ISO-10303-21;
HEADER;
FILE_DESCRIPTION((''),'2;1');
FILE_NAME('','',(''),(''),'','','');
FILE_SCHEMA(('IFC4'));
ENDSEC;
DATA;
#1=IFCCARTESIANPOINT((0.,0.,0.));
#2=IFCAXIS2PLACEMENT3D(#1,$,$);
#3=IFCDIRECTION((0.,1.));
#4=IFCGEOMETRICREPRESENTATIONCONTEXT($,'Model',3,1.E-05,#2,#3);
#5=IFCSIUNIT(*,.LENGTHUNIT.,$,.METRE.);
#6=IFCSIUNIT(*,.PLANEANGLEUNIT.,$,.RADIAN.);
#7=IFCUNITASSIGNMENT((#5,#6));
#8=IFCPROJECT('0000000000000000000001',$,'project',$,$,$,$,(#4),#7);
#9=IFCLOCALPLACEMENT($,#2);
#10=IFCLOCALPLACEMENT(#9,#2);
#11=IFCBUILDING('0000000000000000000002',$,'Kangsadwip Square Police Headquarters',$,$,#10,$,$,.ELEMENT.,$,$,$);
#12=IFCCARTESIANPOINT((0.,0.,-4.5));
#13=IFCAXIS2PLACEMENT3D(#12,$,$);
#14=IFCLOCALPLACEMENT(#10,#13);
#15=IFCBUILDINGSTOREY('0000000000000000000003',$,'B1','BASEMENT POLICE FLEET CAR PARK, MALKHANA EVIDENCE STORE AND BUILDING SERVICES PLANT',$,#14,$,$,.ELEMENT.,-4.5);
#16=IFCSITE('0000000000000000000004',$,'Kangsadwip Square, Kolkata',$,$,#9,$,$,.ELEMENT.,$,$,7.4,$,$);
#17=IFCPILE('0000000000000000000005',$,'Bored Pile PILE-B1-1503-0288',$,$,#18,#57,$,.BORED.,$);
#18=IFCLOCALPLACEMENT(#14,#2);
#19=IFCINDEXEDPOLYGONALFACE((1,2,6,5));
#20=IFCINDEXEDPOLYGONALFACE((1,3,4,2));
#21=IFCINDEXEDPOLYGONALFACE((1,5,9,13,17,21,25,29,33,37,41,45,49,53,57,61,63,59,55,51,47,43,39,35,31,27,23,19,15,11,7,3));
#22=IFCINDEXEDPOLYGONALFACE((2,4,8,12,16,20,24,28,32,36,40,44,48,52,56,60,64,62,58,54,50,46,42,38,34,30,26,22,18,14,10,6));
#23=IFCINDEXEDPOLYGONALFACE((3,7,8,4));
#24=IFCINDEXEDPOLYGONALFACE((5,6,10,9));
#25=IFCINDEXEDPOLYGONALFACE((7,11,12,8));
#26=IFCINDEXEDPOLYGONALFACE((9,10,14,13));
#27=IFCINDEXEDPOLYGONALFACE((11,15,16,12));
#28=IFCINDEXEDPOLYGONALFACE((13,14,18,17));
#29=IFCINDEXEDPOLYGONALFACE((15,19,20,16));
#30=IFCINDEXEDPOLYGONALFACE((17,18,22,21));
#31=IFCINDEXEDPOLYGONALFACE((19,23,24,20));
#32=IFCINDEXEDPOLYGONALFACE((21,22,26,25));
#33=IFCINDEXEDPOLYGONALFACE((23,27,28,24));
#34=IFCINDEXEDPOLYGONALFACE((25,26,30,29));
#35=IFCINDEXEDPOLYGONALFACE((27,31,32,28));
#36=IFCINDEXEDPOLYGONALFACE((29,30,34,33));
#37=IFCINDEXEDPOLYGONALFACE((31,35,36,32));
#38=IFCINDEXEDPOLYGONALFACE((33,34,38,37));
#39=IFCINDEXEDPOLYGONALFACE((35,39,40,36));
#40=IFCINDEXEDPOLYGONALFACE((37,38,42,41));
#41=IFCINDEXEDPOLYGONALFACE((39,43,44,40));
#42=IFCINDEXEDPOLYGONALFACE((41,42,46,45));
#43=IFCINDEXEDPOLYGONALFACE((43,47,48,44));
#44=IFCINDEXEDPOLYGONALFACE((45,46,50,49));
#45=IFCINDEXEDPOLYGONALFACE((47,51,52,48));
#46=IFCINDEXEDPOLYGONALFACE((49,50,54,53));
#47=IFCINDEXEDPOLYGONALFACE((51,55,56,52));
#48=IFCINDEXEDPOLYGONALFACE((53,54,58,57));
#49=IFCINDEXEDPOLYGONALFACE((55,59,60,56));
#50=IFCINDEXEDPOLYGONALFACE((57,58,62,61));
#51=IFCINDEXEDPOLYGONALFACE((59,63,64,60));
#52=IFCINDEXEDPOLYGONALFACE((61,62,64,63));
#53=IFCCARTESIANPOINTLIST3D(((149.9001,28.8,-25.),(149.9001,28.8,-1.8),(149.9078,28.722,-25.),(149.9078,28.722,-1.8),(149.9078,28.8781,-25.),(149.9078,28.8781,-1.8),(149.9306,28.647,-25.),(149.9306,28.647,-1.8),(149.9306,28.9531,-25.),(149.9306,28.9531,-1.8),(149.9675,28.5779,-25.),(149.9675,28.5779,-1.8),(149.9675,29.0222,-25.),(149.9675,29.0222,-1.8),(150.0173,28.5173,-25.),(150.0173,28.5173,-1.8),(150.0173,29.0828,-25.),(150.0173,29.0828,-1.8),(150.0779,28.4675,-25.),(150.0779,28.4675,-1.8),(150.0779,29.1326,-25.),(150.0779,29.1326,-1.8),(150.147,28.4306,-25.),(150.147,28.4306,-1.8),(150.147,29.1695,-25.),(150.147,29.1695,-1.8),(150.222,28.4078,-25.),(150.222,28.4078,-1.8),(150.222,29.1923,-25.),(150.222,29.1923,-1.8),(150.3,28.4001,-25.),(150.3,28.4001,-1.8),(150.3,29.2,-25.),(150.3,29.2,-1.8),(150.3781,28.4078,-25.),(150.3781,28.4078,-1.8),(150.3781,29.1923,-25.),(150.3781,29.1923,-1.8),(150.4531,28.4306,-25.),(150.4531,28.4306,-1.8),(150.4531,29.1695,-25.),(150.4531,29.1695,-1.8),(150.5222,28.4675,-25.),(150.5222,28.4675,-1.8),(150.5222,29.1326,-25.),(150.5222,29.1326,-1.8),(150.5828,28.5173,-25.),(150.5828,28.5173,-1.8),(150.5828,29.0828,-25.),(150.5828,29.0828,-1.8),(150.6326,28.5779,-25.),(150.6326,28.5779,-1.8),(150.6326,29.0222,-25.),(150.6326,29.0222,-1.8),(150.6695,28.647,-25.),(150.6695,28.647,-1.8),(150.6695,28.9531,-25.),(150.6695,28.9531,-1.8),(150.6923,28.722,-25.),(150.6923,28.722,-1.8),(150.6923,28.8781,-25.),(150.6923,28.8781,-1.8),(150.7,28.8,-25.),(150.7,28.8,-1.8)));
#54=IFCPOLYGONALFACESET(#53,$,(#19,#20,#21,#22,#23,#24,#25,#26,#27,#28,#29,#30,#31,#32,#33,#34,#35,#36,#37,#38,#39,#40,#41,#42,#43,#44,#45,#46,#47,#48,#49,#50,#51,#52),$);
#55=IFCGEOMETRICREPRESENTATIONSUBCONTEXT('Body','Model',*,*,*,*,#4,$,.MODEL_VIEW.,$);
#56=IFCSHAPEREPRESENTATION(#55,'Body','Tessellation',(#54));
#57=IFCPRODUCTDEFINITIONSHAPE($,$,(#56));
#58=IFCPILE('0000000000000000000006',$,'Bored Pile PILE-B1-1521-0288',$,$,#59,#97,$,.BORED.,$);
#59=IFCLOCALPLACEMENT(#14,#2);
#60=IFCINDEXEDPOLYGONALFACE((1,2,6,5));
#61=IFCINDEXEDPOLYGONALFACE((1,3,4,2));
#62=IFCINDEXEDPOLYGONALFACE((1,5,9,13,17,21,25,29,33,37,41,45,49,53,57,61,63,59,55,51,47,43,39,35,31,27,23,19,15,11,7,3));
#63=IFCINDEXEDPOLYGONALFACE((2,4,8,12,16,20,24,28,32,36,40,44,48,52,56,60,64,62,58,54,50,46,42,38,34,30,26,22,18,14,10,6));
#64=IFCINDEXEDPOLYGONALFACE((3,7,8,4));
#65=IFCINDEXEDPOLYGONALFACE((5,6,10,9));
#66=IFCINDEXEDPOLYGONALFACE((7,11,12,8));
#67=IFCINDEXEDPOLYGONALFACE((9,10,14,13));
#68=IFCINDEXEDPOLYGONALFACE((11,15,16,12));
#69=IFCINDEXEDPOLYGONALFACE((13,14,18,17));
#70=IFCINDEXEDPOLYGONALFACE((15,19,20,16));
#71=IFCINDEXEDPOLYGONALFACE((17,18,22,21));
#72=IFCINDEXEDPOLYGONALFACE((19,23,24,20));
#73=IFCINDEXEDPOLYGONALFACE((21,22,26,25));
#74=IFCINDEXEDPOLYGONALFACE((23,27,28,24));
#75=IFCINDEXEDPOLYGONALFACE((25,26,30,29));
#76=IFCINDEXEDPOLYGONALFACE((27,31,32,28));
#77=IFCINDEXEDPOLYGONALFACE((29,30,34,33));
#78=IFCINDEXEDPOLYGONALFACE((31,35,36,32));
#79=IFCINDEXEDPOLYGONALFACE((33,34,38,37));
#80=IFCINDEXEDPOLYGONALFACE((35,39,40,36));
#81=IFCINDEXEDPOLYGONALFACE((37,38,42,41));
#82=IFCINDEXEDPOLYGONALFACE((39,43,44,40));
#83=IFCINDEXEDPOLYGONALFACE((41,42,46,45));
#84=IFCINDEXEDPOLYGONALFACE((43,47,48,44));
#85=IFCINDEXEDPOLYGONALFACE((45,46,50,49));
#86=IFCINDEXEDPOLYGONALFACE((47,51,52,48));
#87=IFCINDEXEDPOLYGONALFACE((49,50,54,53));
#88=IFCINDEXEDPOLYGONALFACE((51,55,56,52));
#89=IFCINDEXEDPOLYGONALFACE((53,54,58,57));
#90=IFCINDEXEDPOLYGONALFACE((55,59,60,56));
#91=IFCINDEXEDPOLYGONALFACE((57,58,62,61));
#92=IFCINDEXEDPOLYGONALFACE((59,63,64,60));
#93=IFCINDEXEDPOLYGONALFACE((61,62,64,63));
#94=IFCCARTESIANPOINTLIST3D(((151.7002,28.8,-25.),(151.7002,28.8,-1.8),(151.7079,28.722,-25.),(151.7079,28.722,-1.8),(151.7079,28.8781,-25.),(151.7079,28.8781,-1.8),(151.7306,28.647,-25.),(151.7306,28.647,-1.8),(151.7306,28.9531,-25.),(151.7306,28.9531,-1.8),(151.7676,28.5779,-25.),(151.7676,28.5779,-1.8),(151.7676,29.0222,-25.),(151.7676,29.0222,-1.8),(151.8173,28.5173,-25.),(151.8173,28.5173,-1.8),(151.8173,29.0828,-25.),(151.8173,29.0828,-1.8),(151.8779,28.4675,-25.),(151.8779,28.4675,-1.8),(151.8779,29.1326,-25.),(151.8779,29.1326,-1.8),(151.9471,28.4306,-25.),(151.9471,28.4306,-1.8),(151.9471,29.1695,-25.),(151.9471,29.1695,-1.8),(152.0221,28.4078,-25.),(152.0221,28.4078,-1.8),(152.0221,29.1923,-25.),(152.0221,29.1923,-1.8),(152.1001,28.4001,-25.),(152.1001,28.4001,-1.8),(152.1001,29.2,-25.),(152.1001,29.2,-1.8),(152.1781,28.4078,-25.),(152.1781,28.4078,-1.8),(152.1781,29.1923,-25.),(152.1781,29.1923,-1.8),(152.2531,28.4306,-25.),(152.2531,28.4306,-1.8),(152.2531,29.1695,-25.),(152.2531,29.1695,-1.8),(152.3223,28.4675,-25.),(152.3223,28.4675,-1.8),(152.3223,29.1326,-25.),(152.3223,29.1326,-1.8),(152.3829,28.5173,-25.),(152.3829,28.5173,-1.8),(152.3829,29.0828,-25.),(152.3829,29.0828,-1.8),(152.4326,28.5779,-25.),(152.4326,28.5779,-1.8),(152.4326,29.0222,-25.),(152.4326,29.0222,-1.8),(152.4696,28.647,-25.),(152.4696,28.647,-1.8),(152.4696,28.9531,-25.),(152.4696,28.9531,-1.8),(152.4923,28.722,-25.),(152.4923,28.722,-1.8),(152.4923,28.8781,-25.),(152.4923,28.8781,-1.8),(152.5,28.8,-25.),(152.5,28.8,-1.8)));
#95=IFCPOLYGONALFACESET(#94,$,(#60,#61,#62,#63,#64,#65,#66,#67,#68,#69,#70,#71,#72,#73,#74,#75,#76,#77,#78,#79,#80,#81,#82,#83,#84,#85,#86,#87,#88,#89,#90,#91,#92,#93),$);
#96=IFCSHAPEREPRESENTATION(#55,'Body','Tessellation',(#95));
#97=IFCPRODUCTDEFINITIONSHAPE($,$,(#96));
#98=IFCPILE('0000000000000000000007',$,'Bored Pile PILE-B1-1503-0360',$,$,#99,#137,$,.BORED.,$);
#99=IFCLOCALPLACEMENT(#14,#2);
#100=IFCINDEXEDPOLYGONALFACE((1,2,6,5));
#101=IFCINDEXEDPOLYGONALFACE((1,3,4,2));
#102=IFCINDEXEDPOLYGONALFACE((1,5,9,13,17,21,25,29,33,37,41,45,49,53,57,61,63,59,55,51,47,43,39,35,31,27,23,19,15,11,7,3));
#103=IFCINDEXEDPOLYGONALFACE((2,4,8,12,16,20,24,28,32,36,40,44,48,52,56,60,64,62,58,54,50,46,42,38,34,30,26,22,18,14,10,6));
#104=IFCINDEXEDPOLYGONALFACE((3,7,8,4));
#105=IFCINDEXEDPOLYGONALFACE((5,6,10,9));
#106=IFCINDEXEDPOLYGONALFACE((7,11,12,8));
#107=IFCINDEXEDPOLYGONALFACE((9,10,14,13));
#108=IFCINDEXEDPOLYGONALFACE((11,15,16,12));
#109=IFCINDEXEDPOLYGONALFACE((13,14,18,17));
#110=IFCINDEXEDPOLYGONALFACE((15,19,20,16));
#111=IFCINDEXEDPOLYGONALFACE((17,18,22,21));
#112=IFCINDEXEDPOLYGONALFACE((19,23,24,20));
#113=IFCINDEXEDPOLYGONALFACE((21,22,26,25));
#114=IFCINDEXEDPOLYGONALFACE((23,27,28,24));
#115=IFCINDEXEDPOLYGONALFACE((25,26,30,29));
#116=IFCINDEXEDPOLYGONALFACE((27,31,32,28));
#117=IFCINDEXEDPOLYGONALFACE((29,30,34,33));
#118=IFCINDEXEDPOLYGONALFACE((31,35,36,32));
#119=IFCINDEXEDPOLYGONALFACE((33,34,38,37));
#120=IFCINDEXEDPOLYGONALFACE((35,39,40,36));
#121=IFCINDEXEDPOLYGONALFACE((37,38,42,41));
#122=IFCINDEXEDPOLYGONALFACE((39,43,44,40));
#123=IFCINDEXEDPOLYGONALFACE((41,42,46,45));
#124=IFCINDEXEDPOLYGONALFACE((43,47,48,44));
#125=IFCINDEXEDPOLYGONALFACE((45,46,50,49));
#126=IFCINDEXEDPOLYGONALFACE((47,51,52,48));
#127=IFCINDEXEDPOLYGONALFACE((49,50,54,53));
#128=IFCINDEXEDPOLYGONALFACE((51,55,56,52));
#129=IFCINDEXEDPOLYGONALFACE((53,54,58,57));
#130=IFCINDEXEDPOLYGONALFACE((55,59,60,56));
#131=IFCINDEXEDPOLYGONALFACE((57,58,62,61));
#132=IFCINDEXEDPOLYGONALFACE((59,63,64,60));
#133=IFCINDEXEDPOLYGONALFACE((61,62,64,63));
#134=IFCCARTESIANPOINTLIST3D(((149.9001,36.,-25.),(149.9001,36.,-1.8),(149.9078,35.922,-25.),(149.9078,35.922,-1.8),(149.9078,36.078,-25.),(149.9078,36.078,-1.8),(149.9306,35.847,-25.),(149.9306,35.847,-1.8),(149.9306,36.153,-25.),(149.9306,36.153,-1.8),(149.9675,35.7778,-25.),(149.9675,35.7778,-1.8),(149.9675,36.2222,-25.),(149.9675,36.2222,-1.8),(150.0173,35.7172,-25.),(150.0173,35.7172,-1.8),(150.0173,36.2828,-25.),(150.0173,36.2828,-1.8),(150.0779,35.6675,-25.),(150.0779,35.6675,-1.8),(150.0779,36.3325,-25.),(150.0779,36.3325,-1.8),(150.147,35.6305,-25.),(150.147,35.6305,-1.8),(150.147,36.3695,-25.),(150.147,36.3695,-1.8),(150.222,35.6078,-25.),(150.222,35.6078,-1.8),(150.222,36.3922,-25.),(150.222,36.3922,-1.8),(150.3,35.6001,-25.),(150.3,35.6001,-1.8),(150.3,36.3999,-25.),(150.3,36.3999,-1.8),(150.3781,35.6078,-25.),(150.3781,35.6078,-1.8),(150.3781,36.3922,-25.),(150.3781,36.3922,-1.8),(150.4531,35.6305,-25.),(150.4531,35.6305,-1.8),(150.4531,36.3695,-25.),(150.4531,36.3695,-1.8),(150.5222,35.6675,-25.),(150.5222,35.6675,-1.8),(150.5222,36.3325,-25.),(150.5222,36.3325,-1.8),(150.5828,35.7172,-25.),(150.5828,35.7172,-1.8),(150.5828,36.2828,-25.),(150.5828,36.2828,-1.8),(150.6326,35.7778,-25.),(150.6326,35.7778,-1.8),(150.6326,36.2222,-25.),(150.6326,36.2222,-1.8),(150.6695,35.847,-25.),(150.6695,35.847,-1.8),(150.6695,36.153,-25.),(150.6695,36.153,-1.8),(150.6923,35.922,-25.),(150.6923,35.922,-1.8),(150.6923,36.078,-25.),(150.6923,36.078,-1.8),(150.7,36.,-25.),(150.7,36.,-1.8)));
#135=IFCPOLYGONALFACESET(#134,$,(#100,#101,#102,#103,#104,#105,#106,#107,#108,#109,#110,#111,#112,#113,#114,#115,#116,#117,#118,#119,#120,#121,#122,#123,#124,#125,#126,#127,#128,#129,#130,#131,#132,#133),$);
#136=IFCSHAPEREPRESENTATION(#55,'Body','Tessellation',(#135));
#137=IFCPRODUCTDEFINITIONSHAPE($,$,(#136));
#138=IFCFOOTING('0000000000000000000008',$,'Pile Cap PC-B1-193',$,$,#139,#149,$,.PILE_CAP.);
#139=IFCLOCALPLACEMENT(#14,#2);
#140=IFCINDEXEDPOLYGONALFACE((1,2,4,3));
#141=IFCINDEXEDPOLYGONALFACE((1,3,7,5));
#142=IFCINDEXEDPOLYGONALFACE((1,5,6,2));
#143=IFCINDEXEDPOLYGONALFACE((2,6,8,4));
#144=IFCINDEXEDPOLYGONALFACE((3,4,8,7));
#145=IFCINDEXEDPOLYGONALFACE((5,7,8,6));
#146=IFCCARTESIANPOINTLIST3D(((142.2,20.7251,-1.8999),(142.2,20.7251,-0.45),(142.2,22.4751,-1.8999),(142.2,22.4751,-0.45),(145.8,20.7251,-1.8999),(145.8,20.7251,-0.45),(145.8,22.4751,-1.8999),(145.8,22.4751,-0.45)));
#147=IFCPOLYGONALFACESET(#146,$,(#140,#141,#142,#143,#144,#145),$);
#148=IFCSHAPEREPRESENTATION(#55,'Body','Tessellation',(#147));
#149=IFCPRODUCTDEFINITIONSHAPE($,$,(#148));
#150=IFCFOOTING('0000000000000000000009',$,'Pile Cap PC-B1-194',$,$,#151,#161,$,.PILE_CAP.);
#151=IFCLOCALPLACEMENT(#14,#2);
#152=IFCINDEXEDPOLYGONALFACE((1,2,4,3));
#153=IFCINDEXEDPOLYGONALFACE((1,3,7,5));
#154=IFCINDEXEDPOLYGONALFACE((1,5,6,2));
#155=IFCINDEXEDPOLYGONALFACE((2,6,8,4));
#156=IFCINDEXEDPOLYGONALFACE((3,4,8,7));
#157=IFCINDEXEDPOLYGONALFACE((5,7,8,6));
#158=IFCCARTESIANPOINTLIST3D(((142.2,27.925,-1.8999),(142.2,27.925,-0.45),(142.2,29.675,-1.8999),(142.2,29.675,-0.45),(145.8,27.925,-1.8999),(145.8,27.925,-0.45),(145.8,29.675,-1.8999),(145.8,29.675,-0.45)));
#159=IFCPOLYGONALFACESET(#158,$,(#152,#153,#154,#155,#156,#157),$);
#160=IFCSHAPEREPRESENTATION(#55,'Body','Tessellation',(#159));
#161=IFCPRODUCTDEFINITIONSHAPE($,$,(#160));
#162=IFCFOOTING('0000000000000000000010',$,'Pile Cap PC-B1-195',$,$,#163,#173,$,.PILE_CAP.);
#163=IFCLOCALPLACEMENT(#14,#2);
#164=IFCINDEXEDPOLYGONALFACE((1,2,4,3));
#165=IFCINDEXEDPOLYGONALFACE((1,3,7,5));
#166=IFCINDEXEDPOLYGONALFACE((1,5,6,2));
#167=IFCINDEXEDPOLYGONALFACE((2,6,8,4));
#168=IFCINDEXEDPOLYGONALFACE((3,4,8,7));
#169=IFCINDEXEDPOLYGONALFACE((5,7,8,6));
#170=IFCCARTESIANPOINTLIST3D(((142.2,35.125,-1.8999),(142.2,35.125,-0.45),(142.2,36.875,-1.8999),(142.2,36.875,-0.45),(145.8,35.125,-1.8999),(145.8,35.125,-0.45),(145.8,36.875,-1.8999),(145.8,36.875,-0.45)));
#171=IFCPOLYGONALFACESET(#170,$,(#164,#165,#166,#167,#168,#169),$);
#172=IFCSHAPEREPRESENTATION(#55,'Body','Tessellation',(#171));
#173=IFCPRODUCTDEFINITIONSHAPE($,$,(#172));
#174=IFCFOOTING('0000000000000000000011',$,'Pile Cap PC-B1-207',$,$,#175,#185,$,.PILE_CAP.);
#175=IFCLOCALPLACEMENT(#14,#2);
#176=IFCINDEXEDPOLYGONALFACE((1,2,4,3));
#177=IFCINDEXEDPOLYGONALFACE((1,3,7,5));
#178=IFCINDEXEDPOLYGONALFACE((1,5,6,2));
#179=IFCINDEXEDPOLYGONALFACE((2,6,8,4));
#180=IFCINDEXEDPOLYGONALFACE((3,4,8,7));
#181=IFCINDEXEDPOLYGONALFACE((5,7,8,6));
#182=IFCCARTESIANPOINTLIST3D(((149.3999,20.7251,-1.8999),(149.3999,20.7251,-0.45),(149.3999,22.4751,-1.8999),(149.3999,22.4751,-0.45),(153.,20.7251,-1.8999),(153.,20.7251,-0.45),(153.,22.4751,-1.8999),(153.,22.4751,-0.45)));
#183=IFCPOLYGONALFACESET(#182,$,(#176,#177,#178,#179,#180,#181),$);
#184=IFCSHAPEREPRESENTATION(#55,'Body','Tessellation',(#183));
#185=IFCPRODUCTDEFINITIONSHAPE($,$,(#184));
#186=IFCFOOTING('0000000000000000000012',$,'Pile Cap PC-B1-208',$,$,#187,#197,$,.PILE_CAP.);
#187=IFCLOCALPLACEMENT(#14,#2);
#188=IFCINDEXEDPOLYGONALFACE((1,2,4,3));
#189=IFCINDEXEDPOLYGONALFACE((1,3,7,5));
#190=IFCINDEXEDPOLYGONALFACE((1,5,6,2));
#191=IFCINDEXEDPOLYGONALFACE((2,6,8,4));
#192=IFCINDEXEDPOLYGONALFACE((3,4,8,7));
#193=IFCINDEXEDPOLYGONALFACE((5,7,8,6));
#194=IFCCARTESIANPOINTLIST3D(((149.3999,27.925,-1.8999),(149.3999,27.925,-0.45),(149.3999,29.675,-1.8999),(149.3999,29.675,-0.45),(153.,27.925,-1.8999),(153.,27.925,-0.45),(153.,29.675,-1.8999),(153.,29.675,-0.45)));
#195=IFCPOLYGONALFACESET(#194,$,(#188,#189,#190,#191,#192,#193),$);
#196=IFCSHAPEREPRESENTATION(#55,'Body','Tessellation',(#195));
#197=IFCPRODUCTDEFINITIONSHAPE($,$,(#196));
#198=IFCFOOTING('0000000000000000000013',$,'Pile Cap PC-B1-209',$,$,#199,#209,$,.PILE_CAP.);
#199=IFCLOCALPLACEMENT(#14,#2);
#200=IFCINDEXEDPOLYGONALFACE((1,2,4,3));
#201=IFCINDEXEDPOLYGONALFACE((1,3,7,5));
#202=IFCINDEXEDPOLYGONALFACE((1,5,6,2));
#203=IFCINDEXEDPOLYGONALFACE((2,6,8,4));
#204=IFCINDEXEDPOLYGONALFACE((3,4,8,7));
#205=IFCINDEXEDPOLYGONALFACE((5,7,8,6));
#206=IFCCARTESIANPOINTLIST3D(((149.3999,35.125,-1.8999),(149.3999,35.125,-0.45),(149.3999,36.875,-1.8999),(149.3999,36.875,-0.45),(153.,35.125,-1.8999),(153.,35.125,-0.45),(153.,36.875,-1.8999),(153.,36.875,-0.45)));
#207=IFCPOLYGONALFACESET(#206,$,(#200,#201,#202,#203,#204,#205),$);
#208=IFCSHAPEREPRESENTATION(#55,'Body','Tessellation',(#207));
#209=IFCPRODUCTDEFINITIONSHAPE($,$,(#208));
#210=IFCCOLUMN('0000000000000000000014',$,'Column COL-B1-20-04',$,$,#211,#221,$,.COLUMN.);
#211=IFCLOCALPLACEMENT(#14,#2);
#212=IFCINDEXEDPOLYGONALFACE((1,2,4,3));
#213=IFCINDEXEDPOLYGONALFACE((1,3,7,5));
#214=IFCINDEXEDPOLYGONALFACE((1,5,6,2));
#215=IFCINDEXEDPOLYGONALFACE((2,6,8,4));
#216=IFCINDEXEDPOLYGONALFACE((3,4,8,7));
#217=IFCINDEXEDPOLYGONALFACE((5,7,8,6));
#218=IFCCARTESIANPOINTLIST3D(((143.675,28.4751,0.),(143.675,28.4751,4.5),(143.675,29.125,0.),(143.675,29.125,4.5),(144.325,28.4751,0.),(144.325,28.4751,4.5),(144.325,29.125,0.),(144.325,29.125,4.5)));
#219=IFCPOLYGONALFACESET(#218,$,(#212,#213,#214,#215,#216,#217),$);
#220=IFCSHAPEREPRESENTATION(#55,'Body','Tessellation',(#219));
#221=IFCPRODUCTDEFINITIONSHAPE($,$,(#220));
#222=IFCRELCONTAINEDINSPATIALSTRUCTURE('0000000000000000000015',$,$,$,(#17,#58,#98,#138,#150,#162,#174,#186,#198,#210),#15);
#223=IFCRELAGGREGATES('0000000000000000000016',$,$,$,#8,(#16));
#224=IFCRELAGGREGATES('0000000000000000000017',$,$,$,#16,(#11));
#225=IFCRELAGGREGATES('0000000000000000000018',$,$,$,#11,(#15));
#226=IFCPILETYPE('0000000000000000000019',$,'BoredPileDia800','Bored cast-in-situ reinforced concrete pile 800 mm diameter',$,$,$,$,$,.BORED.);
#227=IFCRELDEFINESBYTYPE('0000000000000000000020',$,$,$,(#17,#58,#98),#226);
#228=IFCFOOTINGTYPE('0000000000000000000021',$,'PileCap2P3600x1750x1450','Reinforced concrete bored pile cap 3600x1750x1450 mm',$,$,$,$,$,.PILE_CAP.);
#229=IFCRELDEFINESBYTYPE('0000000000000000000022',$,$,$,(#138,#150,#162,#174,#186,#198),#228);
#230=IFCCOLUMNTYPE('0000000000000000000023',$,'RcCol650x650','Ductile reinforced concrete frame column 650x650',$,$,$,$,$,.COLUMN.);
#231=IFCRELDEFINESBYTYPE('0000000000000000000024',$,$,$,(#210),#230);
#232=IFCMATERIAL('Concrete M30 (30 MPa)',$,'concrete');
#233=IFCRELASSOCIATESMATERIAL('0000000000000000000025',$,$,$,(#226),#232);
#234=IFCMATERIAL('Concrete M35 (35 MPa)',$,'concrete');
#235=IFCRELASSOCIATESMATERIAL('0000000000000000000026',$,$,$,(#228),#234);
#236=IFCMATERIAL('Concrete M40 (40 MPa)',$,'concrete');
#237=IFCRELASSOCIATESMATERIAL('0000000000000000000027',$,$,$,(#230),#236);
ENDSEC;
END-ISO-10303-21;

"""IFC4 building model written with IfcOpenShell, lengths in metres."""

from ifc_helpers import new_model, si_unit, direction, frame, origin, origin_2d, place, context, subcontext, project, spatial, rectangle, circle, extrude, material, material_profile, profile_set, type_object, element, save


model = new_model("IFC4")

# Units and contexts
model_context = context("Model", 3, precision=1e-05, world=origin(), true_north=direction((0.0, 1.0)))
body_context = subcontext(model_context, "Body", "Model", "MODEL_VIEW")
ifc_project = project(units=[si_unit("LENGTHUNIT", "METRE"), si_unit("PLANEANGLEUNIT", "RADIAN")], contexts=[model_context])

# Site, building, storey
site_placement = place(None, origin())
site = spatial("IfcSite", under=ifc_project, at=site_placement, Name="Kangsadwip Square, Kolkata", CompositionType="ELEMENT", RefElevation=7.4)
building_placement = place(site_placement, origin())
building = spatial("IfcBuilding", under=site, at=building_placement, Name="Kangsadwip Square Police Headquarters", CompositionType="ELEMENT")
storey_placement = place(building_placement, frame((0.0, 0.0, -4.5)))
storey = spatial("IfcBuildingStorey", under=building, at=storey_placement, Name="B1", Description="BASEMENT POLICE FLEET CAR PARK, MALKHANA EVIDENCE STORE AND BUILDING SERVICES PLANT", CompositionType="ELEMENT", Elevation=-4.5)

# Piles
ifc_material_1 = material(Name="Concrete M30 (30 MPa)", Category="concrete")
ifc_material_profile_1 = material_profile(ifc_material_1, circle(Radius=0.3999, at=origin_2d()), Name="PILE DIA 800")
ifc_profile_set_1 = profile_set([ifc_material_profile_1], Name="Concrete M30 (30 MPa)")
pile_type = type_object("IfcPileType", Name="BoredPileDia800", Description="Bored cast-in-situ reinforced concrete pile 800 mm diameter", PredefinedType="BORED", material=ifc_profile_set_1)
for number, where, z_axis, x_axis, name in (
    (1, (150.3, 28.8, -1.8), (0.0, 0.0, -1.0), (1.0, 0.0, 0.0), "Bored Pile PILE-B1-1503-0288"),
    (2, (152.1001, 28.8, -1.8), (0.0, 0.0, -1.0), (1.0, 0.0, 0.0), "Bored Pile PILE-B1-1521-0288"),
    (3, (150.3, 36.0, -1.8), (0.0, 0.0, -1.0), (1.0, 0.0, 0.0), "Bored Pile PILE-B1-1503-0360"),
):
    element("IfcPile", number, at=place(storey_placement, frame(where, z_axis=z_axis, x_axis=x_axis)), inside=storey, type_object=pile_type, Name=name, PredefinedType="BORED", context=body_context, shape_type="SweptSolid", body=[
        extrude(circle(Radius=0.3999, at=origin_2d()), origin(), (0.0, 0.0, 1.0), 23.2),
    ])

# Footings
ifc_material_2 = material(Name="Concrete M35 (35 MPa)", Category="concrete")
footing_type = type_object("IfcFootingType", Name="PileCap2P3600x1750x1450", Description="Reinforced concrete bored pile cap 3600x1750x1450 mm", PredefinedType="PILE_CAP", material=ifc_material_2)
for number, where, z_axis, x_axis, name in (
    (4, (144.0, 21.6001, -1.8999), (0.0, 0.0, 1.0), (1.0, 0.0, 0.0), "Pile Cap PC-B1-193"),
    (5, (144.0, 28.8, -1.8999), (0.0, 0.0, 1.0), (1.0, 0.0, 0.0), "Pile Cap PC-B1-194"),
    (6, (144.0, 36.0, -1.8999), (0.0, 0.0, 1.0), (1.0, 0.0, 0.0), "Pile Cap PC-B1-195"),
    (7, (151.2, 21.6001, -1.8999), (0.0, 0.0, 1.0), (1.0, 0.0, 0.0), "Pile Cap PC-B1-207"),
    (8, (151.2, 28.8, -1.8999), (0.0, 0.0, 1.0), (1.0, 0.0, 0.0), "Pile Cap PC-B1-208"),
    (9, (151.2, 36.0, -1.8999), (0.0, 0.0, 1.0), (1.0, 0.0, 0.0), "Pile Cap PC-B1-209"),
):
    element("IfcFooting", number, at=place(storey_placement, frame(where, z_axis=z_axis, x_axis=x_axis)), inside=storey, type_object=footing_type, Name=name, PredefinedType="PILE_CAP", context=body_context, shape_type="SweptSolid", body=[
        extrude(rectangle(XDim=3.6001, YDim=1.75, at=origin_2d()), origin(), (0.0, 0.0, 1.0), 1.45),
    ])

# Column
ifc_material_3 = material(Name="Concrete M40 (40 MPa)", Category="concrete")
ifc_material_profile_2 = material_profile(ifc_material_3, rectangle(XDim=0.6499, YDim=0.6499, at=origin_2d()), Name="RC COL 650X650")
ifc_profile_set_2 = profile_set([ifc_material_profile_2], Name="Concrete M40 (40 MPa)")
column_type_1 = type_object("IfcColumnType", Name="RcCol650x650", Description="Ductile reinforced concrete frame column 650x650", PredefinedType="COLUMN", material=ifc_profile_set_2)
for number, where, z_axis, x_axis, name in (
    (10, (144.0, 28.8, 0.0), (0.0, 0.0, 1.0), (1.0, 0.0, 0.0), "Column COL-B1-20-04"),
):
    element("IfcColumn", number, at=place(storey_placement, frame(where, z_axis=z_axis, x_axis=x_axis)), inside=storey, type_object=column_type_1, Name=name, PredefinedType="COLUMN", context=body_context, shape_type="SweptSolid", body=[
        extrude(rectangle(XDim=0.6499, YDim=0.6499, at=origin_2d()), origin(), (0.0, 0.0, 1.0), 4.5),
    ])

save(model, "model.ifc")
